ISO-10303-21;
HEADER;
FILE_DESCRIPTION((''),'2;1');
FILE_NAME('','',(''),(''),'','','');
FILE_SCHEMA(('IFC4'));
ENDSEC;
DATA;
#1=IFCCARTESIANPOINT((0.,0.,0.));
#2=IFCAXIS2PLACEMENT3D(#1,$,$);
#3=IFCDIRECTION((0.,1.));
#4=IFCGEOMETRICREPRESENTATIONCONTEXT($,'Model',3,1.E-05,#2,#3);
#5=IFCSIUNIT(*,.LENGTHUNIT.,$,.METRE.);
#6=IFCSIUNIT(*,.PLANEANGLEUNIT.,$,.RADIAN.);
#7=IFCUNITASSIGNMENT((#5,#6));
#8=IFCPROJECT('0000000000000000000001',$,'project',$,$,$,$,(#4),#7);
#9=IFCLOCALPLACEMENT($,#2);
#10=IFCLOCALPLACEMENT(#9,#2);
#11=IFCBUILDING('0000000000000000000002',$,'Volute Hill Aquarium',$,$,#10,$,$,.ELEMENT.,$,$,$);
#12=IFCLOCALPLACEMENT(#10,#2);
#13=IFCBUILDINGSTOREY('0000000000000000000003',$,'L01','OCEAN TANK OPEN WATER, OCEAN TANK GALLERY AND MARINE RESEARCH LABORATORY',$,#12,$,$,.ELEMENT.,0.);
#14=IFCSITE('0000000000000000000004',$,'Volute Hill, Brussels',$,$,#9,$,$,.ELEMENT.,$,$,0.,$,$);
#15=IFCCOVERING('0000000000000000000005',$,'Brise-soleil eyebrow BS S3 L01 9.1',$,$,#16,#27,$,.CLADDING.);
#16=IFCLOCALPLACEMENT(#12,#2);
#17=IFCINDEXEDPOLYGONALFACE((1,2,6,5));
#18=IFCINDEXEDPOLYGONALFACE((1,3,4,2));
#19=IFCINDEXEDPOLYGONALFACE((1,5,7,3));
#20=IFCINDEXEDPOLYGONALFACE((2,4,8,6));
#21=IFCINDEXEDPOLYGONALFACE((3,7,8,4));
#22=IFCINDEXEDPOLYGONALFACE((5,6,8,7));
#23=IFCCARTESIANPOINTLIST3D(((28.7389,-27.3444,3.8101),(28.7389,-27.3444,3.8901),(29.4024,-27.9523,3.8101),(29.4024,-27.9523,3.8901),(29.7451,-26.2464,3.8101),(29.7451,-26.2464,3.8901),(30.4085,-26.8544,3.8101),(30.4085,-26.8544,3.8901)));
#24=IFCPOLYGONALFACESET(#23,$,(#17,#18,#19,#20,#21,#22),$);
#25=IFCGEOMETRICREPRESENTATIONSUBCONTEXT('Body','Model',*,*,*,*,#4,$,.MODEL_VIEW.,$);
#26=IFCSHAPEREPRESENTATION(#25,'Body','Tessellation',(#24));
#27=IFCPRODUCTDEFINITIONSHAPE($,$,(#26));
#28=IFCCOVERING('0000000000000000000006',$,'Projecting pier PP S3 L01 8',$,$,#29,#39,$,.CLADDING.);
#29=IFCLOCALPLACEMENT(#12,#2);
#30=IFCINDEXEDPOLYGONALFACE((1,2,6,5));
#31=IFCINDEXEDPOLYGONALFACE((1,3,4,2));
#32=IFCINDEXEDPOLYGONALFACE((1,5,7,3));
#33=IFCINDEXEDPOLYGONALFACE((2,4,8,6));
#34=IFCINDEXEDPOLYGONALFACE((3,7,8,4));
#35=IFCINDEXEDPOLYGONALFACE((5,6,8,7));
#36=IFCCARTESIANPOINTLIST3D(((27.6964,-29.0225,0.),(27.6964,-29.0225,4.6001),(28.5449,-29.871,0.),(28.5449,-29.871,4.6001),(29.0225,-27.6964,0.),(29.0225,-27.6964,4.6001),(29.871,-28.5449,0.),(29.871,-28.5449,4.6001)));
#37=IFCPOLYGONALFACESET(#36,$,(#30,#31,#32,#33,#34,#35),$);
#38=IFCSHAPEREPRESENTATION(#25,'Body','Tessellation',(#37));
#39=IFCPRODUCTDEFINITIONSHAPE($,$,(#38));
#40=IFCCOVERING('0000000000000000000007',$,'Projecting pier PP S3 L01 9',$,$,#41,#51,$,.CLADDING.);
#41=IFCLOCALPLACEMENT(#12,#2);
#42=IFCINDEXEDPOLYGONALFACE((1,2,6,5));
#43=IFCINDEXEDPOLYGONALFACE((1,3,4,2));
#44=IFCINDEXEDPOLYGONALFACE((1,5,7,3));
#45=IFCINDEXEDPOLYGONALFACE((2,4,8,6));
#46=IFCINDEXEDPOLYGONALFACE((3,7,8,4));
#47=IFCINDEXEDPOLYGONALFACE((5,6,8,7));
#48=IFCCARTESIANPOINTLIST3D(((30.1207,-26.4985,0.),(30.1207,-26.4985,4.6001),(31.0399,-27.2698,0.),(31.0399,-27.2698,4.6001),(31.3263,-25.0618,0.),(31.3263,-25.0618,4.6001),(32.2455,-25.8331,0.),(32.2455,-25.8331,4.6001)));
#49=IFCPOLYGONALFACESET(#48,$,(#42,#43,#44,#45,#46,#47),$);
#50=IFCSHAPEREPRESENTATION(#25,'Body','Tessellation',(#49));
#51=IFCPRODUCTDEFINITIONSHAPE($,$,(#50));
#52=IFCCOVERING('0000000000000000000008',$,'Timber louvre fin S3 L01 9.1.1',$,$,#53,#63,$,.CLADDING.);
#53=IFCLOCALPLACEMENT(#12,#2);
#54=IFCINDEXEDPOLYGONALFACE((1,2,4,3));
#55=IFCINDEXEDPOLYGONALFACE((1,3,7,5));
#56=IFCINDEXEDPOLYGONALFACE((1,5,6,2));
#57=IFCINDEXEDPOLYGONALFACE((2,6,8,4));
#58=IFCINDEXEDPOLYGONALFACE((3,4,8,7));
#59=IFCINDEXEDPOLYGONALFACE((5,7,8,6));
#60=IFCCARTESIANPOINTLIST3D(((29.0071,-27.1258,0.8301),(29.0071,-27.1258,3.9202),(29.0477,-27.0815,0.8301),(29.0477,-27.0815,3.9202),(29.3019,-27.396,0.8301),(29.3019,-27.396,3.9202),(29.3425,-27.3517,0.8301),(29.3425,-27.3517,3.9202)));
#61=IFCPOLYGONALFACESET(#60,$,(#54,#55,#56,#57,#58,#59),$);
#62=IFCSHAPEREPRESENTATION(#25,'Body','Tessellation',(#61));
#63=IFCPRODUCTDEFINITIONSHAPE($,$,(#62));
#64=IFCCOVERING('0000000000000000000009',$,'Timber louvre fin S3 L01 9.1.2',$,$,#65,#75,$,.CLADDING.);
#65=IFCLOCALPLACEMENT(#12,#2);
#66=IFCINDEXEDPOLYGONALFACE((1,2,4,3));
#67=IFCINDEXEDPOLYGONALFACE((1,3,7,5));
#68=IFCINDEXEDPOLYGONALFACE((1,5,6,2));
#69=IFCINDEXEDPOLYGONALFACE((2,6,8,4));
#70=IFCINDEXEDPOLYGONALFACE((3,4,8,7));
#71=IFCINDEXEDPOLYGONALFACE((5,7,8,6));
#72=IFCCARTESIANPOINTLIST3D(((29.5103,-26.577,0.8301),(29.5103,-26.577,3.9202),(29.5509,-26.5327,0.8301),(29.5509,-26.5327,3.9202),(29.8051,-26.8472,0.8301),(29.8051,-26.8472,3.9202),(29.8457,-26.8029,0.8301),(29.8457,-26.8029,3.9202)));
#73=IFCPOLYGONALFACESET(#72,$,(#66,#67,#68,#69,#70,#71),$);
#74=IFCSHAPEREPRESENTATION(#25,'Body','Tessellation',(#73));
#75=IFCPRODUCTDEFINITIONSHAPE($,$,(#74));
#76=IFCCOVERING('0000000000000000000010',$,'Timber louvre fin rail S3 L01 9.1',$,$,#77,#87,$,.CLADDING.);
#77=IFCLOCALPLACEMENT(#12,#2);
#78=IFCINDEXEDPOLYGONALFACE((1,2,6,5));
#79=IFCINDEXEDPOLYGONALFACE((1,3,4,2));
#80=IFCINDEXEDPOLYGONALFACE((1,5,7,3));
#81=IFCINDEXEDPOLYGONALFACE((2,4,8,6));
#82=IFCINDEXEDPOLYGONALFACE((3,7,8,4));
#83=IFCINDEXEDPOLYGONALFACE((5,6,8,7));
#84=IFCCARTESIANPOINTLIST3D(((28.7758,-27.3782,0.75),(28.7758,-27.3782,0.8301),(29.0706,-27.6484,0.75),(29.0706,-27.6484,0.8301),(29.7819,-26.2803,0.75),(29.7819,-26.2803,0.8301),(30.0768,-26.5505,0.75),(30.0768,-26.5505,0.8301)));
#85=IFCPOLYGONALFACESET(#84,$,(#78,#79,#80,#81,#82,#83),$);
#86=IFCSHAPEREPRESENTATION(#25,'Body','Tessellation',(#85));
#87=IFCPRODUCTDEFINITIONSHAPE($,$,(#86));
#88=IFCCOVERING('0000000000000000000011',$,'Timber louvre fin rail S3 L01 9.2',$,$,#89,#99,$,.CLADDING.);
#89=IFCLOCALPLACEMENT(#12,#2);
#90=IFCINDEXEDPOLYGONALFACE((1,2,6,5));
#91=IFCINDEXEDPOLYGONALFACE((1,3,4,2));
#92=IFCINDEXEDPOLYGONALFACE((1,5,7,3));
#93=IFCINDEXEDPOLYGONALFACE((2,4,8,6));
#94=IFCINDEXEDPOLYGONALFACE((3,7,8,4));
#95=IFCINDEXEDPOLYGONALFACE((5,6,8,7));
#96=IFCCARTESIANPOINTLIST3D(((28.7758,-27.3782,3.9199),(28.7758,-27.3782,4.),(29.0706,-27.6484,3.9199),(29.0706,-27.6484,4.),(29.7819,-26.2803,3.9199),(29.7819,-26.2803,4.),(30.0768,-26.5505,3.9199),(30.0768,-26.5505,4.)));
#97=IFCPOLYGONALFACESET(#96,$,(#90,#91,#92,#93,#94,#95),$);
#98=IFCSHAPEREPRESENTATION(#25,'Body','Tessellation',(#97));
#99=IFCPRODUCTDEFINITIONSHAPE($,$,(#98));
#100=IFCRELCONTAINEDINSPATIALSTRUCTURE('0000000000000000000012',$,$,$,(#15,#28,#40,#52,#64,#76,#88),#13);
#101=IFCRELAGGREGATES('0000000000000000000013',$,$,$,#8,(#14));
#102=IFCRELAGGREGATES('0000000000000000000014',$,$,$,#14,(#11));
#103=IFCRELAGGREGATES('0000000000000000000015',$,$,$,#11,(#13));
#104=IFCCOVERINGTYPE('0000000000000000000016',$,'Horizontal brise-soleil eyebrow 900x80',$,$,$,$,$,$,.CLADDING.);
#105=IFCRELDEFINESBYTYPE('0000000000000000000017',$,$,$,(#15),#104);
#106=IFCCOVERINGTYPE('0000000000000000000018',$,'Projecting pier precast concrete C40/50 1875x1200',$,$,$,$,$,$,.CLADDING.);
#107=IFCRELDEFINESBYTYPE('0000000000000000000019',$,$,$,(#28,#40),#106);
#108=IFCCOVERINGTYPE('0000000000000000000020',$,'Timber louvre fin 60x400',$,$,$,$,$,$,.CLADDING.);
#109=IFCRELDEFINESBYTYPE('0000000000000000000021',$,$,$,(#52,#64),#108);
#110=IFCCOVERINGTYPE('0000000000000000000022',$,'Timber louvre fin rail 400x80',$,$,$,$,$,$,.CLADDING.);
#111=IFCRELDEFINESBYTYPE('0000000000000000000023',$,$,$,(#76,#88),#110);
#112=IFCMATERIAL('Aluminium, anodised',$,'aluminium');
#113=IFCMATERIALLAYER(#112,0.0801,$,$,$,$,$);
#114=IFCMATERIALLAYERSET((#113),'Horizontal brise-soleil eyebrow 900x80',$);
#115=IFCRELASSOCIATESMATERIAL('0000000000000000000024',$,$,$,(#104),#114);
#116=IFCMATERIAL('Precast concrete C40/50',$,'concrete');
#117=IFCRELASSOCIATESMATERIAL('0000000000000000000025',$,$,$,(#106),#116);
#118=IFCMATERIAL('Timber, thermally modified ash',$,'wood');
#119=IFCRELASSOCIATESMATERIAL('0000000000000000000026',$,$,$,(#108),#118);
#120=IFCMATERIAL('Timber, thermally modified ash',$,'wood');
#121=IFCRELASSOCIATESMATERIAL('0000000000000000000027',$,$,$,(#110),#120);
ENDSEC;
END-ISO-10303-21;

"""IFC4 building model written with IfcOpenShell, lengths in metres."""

from ifc_helpers import new_model, si_unit, direction, frame, origin, origin_2d, place, context, subcontext, project, spatial, rectangle, extrude, material, layer, layer_set, type_object, element, save


model = new_model("IFC4")

# Units and contexts
model_context = context("Model", 3, precision=1e-05, world=origin(), true_north=direction((0.0, 1.0)))
body_context = subcontext(model_context, "Body", "Model", "MODEL_VIEW")
ifc_project = project(units=[si_unit("LENGTHUNIT", "METRE"), si_unit("PLANEANGLEUNIT", "RADIAN")], contexts=[model_context])

# Site, building, storey
site_placement = place(None, origin())
site = spatial("IfcSite", under=ifc_project, at=site_placement, Name="Volute Hill, Brussels", CompositionType="ELEMENT", RefElevation=0.0)
building_placement = place(site_placement, origin())
building = spatial("IfcBuilding", under=site, at=building_placement, Name="Volute Hill Aquarium", CompositionType="ELEMENT")
storey_placement = place(building_placement, origin())
storey = spatial("IfcBuildingStorey", under=building, at=storey_placement, Name="L01", Description="OCEAN TANK OPEN WATER, OCEAN TANK GALLERY AND MARINE RESEARCH LABORATORY", CompositionType="ELEMENT", Elevation=0.0)

# Coverings
ifc_material_1 = material(Name="Aluminium, anodised", Category="aluminium")
ifc_layer_1 = layer(ifc_material_1, 0.0801)
ifc_layer_set_1 = layer_set([ifc_layer_1], Name="Horizontal brise-soleil eyebrow 900x80")
covering_type_1 = type_object("IfcCoveringType", Name="Horizontal brise-soleil eyebrow 900x80", PredefinedType="CLADDING", material=ifc_layer_set_1)
covering_1_placement = place(storey_placement, frame((29.5737, -27.0994, 3.8101), z_axis=(0.0, 0.0, 1.0), x_axis=(0.675612, 0.737257, 0.0)))
element("IfcCovering", 1, at=covering_1_placement, inside=storey, type_object=covering_type_1, Name="Brise-soleil eyebrow BS S3 L01 9.1", PredefinedType="CLADDING", context=body_context, shape_type="SweptSolid", body=[
    extrude(rectangle(XDim=1.4893, YDim=0.8999, at=origin_2d()), origin(), (0.0, 0.0, 1.0), 0.0801),
])
ifc_material_2 = material(Name="Precast concrete C40/50", Category="concrete")
covering_type_2 = type_object("IfcCoveringType", Name="Projecting pier precast concrete C40/50 1875x1200", PredefinedType="CLADDING", material=ifc_material_2)
for number, where, z_axis, x_axis, name in (
    (2, (28.7837, -28.7837, 0.0), (0.0, 0.0, 1.0), (0.707107, 0.707107, 0.0), "Projecting pier PP S3 L01 8"),
    (3, (31.1831, -26.1658, 0.0), (0.0, 0.0, 1.0), (0.642788, 0.766044, 0.0), "Projecting pier PP S3 L01 9"),
):
    element("IfcCovering", number, at=place(storey_placement, frame(where, z_axis=z_axis, x_axis=x_axis)), inside=storey, type_object=covering_type_2, Name=name, PredefinedType="CLADDING", context=body_context, shape_type="SweptSolid", body=[
        extrude(rectangle(XDim=1.8755, YDim=1.2, at=origin_2d()), origin(), (0.0, 0.0, 1.0), 4.6001),
    ])
ifc_material_3 = material(Name="Timber, thermally modified ash", Category="wood")
covering_type_3 = type_object("IfcCoveringType", Name="Timber louvre fin 60x400", PredefinedType="CLADDING", material=ifc_material_3)
for number, where, z_axis, x_axis, name in (
    (4, (29.1748, -27.2388, 0.8301), (0.0, 0.0, 1.0), (0.675612, 0.737257, 0.0), "Timber louvre fin S3 L01 9.1.1"),
    (5, (29.678, -26.6899, 0.8301), (0.0, 0.0, 1.0), (0.675612, 0.737257, 0.0), "Timber louvre fin S3 L01 9.1.2"),
):
    element("IfcCovering", number, at=place(storey_placement, frame(where, z_axis=z_axis, x_axis=x_axis)), inside=storey, type_object=covering_type_3, Name=name, PredefinedType="CLADDING", context=body_context, shape_type="SweptSolid", body=[
        extrude(rectangle(XDim=0.0601, YDim=0.3999, at=origin_2d()), origin(), (0.0, 0.0, 1.0), 3.0901),
    ])
ifc_material_4 = material(Name="Timber, thermally modified ash", Category="wood")
covering_type_4 = type_object("IfcCoveringType", Name="Timber louvre fin rail 400x80", PredefinedType="CLADDING", material=ifc_material_4)
for number, where, z_axis, x_axis, name in (
    (6, (29.4263, -26.9644, 0.75), (0.0, 0.0, 1.0), (0.675612, 0.737257, 0.0), "Timber louvre fin rail S3 L01 9.1"),
    (7, (29.4263, -26.9644, 3.9199), (0.0, 0.0, 1.0), (0.675612, 0.737257, 0.0), "Timber louvre fin rail S3 L01 9.2"),
):
    element("IfcCovering", number, at=place(storey_placement, frame(where, z_axis=z_axis, x_axis=x_axis)), inside=storey, type_object=covering_type_4, Name=name, PredefinedType="CLADDING", context=body_context, shape_type="SweptSolid", body=[
        extrude(rectangle(XDim=1.4893, YDim=0.3999, at=origin_2d()), origin(), (0.0, 0.0, 1.0), 0.0801),
    ])

save(model, "model.ifc")
